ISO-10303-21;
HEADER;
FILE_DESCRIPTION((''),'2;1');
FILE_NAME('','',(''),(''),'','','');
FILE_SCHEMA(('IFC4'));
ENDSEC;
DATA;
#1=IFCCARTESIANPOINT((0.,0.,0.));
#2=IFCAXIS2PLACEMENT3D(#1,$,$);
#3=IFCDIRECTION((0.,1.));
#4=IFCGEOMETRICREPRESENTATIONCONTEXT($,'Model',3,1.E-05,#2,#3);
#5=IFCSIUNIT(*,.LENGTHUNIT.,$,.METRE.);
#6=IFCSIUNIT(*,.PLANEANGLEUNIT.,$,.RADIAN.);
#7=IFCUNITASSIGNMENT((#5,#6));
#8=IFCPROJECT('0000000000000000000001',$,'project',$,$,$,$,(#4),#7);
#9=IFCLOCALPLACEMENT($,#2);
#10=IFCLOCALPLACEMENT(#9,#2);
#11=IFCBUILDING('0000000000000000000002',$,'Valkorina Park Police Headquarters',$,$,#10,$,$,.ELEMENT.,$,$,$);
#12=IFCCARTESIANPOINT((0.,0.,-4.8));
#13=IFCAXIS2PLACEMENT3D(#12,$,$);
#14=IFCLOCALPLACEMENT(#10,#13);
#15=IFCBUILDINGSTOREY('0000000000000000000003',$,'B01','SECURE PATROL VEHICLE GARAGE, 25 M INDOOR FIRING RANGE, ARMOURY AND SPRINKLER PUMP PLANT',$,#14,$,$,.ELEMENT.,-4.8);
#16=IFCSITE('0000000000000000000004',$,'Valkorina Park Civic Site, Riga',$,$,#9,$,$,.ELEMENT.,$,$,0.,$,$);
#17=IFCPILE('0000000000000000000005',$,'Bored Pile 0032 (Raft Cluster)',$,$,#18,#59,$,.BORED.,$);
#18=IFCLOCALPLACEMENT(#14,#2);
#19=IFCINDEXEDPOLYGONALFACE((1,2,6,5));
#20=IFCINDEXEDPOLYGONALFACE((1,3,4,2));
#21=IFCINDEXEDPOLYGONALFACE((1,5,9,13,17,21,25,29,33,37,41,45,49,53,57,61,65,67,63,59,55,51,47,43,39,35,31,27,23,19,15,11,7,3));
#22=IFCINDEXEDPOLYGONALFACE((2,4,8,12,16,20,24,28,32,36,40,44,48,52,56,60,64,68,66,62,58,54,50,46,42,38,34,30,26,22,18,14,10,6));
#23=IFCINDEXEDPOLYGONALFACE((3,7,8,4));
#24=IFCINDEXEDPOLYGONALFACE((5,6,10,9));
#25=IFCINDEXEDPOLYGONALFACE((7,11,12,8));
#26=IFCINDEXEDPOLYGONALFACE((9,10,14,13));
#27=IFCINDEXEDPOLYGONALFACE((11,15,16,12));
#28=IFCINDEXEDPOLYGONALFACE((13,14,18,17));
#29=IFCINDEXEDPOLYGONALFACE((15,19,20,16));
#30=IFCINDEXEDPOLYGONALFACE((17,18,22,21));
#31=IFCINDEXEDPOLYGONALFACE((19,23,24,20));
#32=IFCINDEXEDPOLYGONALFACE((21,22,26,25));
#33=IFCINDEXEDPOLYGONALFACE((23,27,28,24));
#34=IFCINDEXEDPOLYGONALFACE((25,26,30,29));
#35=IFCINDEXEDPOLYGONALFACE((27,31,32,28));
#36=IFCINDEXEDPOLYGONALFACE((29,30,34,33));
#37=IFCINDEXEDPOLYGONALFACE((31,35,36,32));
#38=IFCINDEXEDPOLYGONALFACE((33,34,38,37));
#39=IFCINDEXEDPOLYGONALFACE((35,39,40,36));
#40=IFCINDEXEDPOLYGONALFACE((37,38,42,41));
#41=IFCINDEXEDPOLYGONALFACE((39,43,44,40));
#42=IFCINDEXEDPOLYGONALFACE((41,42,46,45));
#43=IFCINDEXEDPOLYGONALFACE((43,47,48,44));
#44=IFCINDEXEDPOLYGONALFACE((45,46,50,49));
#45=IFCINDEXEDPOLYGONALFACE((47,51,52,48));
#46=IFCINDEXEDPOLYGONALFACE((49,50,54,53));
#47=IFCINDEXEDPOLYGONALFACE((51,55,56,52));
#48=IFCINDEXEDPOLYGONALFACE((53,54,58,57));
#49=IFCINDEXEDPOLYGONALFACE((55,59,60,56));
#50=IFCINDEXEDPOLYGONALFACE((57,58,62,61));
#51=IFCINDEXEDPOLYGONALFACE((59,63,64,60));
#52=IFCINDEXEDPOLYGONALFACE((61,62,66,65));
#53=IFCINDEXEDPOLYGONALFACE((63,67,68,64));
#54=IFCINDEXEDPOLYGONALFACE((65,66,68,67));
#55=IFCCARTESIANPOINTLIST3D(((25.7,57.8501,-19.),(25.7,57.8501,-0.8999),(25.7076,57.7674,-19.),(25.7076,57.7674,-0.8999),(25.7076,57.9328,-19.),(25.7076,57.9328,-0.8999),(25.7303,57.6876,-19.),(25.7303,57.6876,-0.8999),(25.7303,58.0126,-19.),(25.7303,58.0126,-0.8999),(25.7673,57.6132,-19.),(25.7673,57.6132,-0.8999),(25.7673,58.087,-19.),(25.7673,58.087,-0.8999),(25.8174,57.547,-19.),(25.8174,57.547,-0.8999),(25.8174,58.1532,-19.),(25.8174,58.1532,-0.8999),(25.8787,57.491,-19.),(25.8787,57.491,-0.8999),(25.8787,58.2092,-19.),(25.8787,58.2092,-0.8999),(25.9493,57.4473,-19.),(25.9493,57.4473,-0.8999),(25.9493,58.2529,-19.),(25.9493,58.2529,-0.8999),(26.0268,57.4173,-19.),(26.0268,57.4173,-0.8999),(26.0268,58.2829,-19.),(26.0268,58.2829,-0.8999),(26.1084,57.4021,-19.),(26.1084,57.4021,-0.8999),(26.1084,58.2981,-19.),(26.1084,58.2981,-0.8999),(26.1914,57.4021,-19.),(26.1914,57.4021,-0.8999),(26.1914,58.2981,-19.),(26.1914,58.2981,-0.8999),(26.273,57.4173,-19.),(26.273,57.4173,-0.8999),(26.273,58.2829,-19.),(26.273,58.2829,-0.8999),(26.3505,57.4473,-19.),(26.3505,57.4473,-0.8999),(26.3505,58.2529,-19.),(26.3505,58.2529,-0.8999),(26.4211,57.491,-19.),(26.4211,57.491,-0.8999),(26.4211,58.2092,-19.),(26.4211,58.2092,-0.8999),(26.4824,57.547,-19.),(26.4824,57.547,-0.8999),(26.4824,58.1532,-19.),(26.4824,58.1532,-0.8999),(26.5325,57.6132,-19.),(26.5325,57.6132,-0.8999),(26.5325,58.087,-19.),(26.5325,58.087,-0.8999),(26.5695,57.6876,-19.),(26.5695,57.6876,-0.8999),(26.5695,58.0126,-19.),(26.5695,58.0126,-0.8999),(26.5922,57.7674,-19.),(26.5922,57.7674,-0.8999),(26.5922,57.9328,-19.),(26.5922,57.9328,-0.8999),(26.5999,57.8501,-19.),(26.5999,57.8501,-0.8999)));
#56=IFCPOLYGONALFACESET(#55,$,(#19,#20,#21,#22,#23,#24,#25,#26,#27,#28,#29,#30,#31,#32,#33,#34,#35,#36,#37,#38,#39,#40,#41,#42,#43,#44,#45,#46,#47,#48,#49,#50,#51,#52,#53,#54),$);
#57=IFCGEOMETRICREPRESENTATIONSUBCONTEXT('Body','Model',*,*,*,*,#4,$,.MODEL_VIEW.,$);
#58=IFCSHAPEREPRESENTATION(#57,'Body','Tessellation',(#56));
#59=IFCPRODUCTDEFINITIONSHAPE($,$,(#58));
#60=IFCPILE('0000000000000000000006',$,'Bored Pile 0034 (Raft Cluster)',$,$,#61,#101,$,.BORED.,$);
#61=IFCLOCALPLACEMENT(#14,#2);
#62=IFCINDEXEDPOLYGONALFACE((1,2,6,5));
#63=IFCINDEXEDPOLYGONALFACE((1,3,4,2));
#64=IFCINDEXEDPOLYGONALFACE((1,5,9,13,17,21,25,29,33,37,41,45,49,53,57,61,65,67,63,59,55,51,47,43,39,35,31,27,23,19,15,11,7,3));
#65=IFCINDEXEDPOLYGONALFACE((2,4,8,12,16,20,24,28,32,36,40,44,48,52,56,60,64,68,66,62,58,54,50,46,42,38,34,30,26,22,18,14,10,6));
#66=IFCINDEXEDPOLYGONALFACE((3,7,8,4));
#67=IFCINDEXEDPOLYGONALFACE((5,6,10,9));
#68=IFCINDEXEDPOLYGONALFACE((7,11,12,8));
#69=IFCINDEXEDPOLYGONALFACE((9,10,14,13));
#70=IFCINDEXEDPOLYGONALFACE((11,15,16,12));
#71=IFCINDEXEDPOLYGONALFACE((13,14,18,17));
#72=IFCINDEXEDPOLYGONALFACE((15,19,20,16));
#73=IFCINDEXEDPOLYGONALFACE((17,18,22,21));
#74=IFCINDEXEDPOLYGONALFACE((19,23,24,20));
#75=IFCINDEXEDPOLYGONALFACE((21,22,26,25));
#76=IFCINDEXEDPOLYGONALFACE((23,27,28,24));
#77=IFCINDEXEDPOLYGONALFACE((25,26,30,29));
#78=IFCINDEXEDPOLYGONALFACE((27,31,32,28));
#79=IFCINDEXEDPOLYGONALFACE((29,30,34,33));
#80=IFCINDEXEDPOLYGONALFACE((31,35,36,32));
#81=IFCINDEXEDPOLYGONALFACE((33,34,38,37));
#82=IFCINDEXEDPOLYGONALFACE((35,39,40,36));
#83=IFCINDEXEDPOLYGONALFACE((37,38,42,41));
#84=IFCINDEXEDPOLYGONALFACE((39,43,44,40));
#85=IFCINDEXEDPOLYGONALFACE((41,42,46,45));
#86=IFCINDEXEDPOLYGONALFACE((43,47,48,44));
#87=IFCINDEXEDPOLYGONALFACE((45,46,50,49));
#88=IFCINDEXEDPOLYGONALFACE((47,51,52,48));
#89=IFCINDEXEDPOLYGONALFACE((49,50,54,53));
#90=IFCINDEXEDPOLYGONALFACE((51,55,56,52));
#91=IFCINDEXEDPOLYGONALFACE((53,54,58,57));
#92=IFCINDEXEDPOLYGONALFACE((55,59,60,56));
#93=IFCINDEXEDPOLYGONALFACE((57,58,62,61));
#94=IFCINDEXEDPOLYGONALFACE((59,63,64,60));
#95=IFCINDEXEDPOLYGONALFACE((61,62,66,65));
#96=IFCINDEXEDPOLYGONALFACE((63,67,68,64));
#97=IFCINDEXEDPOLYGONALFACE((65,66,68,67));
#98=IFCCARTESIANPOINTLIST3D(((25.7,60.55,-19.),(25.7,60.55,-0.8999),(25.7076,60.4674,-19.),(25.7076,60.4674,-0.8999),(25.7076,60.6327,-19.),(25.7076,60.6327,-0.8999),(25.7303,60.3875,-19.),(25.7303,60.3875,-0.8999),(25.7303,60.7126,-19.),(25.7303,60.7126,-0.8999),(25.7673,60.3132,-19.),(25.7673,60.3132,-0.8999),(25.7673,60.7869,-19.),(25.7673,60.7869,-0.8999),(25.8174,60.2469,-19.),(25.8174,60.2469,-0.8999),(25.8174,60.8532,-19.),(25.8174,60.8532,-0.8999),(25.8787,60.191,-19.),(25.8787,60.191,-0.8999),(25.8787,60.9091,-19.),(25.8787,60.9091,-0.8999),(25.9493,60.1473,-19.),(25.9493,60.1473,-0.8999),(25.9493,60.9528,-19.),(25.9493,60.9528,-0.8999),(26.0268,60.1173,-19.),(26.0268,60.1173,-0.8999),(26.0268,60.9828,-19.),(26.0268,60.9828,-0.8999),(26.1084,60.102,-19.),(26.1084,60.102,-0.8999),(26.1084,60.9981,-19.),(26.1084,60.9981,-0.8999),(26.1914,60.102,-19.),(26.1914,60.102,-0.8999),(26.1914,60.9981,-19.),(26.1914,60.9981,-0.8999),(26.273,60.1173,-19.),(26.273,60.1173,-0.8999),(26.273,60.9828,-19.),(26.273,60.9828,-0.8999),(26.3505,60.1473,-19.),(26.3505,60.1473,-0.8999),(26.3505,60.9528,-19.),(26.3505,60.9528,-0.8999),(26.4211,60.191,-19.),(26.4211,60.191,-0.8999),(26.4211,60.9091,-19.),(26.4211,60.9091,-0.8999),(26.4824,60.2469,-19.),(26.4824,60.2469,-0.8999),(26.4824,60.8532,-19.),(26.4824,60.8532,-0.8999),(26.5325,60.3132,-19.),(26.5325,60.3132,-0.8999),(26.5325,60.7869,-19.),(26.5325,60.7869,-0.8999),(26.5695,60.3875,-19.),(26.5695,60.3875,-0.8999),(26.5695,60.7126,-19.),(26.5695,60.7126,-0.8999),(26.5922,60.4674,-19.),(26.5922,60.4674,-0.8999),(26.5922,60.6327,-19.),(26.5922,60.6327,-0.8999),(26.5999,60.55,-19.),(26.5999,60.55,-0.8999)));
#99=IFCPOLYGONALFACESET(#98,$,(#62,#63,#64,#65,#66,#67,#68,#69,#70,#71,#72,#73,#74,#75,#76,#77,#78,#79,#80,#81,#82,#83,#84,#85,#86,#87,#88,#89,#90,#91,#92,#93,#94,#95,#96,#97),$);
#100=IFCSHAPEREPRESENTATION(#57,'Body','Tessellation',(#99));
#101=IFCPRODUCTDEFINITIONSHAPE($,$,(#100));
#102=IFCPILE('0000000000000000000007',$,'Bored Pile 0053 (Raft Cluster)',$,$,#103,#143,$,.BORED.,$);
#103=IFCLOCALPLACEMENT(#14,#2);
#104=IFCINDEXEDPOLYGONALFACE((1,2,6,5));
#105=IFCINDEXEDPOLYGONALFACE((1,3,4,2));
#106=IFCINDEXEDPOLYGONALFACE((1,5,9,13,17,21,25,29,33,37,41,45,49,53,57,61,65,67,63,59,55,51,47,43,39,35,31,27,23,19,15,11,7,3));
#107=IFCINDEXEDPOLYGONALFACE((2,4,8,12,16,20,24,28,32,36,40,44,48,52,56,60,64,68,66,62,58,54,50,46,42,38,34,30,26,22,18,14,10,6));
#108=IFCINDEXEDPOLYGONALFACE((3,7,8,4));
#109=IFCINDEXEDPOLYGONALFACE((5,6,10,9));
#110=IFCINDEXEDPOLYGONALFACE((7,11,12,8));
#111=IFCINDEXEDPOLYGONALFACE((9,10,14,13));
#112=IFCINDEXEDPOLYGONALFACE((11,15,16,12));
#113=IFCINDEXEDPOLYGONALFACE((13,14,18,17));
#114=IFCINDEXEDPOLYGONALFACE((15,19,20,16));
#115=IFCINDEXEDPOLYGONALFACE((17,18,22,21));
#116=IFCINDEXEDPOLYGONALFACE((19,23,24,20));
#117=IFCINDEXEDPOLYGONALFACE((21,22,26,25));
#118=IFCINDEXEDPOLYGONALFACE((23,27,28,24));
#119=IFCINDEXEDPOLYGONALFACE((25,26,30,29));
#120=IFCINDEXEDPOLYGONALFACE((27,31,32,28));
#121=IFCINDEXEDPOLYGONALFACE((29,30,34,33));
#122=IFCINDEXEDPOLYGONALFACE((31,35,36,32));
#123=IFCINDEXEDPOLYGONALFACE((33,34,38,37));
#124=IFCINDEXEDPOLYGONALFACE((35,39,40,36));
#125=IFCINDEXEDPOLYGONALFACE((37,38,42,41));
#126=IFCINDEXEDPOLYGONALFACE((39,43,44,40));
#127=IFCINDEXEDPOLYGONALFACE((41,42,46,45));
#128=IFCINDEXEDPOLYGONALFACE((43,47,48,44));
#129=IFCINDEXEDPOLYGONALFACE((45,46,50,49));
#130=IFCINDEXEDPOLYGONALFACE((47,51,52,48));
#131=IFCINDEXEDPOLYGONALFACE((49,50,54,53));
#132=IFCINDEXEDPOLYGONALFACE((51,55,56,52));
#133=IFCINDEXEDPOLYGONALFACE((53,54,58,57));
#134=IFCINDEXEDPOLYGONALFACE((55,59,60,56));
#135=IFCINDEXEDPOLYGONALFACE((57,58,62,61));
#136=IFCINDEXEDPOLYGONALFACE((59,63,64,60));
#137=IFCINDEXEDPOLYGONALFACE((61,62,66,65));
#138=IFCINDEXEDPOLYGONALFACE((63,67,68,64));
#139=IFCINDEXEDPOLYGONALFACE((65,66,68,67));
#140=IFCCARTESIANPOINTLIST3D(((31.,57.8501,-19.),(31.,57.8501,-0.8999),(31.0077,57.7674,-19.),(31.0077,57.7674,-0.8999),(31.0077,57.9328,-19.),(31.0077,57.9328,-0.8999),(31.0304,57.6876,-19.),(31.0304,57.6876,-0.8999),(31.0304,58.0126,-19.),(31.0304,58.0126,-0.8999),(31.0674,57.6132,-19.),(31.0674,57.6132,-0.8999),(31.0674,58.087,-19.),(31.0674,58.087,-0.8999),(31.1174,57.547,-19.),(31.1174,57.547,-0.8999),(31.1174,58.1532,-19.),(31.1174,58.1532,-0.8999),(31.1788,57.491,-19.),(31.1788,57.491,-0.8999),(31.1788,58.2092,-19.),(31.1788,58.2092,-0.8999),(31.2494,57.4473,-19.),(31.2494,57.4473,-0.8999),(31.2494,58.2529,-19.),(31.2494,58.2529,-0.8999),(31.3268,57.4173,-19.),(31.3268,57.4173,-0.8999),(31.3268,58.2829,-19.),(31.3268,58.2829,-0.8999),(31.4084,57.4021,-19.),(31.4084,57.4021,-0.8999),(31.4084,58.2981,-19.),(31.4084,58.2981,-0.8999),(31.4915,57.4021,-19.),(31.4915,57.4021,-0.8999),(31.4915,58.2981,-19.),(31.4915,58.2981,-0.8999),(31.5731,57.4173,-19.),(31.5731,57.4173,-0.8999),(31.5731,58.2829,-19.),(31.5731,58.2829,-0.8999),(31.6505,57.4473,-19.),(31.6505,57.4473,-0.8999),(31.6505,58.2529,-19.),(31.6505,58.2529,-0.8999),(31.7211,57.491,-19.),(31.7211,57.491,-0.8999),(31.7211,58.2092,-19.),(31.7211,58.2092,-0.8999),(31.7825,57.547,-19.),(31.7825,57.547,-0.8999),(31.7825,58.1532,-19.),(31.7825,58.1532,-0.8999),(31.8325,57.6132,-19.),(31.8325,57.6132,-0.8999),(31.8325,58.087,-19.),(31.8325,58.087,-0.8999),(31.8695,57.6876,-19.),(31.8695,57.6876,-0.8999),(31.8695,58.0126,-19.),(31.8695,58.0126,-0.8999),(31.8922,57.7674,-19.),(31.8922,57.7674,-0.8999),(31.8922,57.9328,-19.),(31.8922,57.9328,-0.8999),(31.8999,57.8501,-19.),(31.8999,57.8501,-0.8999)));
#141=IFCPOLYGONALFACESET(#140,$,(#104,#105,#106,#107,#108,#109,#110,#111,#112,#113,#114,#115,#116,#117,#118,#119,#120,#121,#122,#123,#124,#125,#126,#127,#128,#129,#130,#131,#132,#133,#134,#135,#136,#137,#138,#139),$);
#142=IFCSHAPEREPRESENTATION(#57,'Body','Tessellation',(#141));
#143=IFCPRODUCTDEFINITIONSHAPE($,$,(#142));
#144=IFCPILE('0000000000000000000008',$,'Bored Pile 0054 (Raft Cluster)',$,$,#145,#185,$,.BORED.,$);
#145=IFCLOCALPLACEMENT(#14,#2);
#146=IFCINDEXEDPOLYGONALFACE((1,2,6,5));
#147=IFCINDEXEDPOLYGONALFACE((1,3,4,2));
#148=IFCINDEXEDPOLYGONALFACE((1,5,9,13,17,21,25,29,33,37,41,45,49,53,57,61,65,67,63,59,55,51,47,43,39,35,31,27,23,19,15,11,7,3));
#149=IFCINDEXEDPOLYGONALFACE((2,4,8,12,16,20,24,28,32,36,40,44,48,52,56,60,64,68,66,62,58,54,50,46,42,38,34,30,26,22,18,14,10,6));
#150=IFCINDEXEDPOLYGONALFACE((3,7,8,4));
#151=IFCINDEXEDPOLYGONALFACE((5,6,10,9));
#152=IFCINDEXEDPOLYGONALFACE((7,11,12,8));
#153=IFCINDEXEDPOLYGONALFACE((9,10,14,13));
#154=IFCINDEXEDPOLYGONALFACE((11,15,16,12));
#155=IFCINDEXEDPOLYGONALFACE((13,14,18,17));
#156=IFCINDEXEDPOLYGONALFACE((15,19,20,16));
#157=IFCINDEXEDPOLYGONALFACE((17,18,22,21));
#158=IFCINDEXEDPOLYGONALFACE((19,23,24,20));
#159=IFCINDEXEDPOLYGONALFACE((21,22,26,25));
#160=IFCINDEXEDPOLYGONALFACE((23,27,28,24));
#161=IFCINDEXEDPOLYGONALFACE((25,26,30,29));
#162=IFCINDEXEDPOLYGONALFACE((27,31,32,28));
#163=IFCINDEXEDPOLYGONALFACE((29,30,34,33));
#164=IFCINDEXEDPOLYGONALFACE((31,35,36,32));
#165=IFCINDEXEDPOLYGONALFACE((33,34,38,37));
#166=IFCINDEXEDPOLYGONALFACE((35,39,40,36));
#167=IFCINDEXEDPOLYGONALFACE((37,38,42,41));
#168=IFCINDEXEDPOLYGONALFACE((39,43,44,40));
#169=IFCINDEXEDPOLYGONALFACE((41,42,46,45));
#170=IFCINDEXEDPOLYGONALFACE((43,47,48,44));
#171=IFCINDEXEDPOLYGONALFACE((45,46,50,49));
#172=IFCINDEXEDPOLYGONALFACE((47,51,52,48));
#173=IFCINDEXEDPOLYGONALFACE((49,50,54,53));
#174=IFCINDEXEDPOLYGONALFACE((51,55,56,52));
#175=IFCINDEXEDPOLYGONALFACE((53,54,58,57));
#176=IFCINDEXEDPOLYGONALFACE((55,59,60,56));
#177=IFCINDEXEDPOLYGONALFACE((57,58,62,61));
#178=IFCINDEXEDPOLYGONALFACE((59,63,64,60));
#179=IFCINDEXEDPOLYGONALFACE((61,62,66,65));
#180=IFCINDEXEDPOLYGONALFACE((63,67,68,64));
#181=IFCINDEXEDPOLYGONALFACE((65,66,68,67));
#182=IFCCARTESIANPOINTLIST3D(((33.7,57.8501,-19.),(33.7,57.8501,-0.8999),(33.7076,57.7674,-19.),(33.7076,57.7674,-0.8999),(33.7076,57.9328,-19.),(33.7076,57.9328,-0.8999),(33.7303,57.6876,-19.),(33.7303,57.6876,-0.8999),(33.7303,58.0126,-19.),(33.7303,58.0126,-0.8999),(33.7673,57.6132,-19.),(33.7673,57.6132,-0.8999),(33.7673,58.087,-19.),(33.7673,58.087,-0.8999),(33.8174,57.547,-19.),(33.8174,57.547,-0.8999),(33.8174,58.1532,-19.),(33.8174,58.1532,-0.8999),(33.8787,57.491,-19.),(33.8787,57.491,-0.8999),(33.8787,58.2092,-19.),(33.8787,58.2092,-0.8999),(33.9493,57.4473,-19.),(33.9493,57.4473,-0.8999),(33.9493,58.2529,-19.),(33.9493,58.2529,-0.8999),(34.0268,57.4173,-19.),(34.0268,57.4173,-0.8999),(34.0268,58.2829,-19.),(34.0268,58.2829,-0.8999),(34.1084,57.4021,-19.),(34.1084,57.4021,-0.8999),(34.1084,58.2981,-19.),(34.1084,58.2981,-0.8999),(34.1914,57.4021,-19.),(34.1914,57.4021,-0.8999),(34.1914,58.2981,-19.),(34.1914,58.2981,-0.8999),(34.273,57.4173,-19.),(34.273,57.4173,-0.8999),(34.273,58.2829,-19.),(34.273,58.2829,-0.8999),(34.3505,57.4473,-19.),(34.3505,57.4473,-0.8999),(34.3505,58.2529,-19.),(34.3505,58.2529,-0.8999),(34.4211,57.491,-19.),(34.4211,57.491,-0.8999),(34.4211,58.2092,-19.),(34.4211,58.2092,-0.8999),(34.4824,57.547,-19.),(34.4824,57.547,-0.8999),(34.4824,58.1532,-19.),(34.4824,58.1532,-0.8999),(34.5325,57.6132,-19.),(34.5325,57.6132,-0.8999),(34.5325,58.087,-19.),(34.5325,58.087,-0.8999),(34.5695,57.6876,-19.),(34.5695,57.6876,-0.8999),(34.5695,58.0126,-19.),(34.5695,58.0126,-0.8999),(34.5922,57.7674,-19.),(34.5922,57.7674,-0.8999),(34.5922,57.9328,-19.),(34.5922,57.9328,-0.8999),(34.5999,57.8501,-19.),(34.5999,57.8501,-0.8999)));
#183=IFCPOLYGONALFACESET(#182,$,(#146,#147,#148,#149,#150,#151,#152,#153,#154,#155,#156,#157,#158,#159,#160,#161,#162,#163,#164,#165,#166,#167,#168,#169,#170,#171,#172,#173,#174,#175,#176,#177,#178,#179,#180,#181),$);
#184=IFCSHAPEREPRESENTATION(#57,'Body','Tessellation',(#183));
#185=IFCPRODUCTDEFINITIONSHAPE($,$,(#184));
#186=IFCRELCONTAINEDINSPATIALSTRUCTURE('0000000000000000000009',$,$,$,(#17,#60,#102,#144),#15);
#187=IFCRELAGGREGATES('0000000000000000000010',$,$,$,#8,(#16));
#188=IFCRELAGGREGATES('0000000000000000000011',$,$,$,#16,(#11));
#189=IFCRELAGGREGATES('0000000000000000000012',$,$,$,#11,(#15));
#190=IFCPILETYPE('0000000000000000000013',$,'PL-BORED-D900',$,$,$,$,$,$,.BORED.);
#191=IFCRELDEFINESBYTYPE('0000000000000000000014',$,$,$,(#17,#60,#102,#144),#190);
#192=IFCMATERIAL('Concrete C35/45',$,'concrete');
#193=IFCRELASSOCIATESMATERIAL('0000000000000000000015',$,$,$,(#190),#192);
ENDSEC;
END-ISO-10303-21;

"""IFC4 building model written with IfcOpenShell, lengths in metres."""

from ifc_helpers import new_model, si_unit, direction, frame, origin, origin_2d, place, context, subcontext, project, spatial, circle, extrude, material, material_profile, profile_set, type_object, element, save


model = new_model("IFC4")

# Units and contexts
model_context = context("Model", 3, precision=1e-05, world=origin(), true_north=direction((0.0, 1.0)))
body_context = subcontext(model_context, "Body", "Model", "MODEL_VIEW")
ifc_project = project(units=[si_unit("LENGTHUNIT", "METRE"), si_unit("PLANEANGLEUNIT", "RADIAN")], contexts=[model_context])

# Site, building, storey
site_placement = place(None, origin())
site = spatial("IfcSite", under=ifc_project, at=site_placement, Name="Valkorina Park Civic Site, Riga", CompositionType="ELEMENT", RefElevation=0.0)
building_placement = place(site_placement, origin())
building = spatial("IfcBuilding", under=site, at=building_placement, Name="Valkorina Park Police Headquarters", CompositionType="ELEMENT")
storey_placement = place(building_placement, frame((0.0, 0.0, -4.8)))
storey = spatial("IfcBuildingStorey", under=building, at=storey_placement, Name="B01", Description="SECURE PATROL VEHICLE GARAGE, 25 M INDOOR FIRING RANGE, ARMOURY AND SPRINKLER PUMP PLANT", CompositionType="ELEMENT", Elevation=-4.8)

# Piles
ifc_material_1 = material(Name="Concrete C35/45", Category="concrete")
ifc_material_profile_1 = material_profile(ifc_material_1, circle(Radius=0.45, at=origin_2d()), Name="BORED PILE D900")
ifc_profile_set_1 = profile_set([ifc_material_profile_1], Name="Concrete C35/45")
pile_type_1 = type_object("IfcPileType", Name="PL-BORED-D900", PredefinedType="BORED", material=ifc_profile_set_1)
for number, where, z_axis, x_axis, name in (
    (1, (26.1499, 57.8501, -0.8999), (0.0, 0.0, -1.0), (1.0, 0.0, 0.0), "Bored Pile 0032 (Raft Cluster)"),
    (2, (26.1499, 60.55, -0.8999), (0.0, 0.0, -1.0), (1.0, 0.0, 0.0), "Bored Pile 0034 (Raft Cluster)"),
    (3, (31.45, 57.8501, -0.8999), (0.0, 0.0, -1.0), (1.0, 0.0, 0.0), "Bored Pile 0053 (Raft Cluster)"),
    (4, (34.1499, 57.8501, -0.8999), (0.0, 0.0, -1.0), (1.0, 0.0, 0.0), "Bored Pile 0054 (Raft Cluster)"),
):
    element("IfcPile", number, at=place(storey_placement, frame(where, z_axis=z_axis, x_axis=x_axis)), inside=storey, type_object=pile_type_1, Name=name, PredefinedType="BORED", context=body_context, shape_type="SweptSolid", body=[
        extrude(circle(Radius=0.45, at=origin_2d()), origin(), (0.0, 0.0, 1.0), 18.1001),
    ])

save(model, "model.ifc")
